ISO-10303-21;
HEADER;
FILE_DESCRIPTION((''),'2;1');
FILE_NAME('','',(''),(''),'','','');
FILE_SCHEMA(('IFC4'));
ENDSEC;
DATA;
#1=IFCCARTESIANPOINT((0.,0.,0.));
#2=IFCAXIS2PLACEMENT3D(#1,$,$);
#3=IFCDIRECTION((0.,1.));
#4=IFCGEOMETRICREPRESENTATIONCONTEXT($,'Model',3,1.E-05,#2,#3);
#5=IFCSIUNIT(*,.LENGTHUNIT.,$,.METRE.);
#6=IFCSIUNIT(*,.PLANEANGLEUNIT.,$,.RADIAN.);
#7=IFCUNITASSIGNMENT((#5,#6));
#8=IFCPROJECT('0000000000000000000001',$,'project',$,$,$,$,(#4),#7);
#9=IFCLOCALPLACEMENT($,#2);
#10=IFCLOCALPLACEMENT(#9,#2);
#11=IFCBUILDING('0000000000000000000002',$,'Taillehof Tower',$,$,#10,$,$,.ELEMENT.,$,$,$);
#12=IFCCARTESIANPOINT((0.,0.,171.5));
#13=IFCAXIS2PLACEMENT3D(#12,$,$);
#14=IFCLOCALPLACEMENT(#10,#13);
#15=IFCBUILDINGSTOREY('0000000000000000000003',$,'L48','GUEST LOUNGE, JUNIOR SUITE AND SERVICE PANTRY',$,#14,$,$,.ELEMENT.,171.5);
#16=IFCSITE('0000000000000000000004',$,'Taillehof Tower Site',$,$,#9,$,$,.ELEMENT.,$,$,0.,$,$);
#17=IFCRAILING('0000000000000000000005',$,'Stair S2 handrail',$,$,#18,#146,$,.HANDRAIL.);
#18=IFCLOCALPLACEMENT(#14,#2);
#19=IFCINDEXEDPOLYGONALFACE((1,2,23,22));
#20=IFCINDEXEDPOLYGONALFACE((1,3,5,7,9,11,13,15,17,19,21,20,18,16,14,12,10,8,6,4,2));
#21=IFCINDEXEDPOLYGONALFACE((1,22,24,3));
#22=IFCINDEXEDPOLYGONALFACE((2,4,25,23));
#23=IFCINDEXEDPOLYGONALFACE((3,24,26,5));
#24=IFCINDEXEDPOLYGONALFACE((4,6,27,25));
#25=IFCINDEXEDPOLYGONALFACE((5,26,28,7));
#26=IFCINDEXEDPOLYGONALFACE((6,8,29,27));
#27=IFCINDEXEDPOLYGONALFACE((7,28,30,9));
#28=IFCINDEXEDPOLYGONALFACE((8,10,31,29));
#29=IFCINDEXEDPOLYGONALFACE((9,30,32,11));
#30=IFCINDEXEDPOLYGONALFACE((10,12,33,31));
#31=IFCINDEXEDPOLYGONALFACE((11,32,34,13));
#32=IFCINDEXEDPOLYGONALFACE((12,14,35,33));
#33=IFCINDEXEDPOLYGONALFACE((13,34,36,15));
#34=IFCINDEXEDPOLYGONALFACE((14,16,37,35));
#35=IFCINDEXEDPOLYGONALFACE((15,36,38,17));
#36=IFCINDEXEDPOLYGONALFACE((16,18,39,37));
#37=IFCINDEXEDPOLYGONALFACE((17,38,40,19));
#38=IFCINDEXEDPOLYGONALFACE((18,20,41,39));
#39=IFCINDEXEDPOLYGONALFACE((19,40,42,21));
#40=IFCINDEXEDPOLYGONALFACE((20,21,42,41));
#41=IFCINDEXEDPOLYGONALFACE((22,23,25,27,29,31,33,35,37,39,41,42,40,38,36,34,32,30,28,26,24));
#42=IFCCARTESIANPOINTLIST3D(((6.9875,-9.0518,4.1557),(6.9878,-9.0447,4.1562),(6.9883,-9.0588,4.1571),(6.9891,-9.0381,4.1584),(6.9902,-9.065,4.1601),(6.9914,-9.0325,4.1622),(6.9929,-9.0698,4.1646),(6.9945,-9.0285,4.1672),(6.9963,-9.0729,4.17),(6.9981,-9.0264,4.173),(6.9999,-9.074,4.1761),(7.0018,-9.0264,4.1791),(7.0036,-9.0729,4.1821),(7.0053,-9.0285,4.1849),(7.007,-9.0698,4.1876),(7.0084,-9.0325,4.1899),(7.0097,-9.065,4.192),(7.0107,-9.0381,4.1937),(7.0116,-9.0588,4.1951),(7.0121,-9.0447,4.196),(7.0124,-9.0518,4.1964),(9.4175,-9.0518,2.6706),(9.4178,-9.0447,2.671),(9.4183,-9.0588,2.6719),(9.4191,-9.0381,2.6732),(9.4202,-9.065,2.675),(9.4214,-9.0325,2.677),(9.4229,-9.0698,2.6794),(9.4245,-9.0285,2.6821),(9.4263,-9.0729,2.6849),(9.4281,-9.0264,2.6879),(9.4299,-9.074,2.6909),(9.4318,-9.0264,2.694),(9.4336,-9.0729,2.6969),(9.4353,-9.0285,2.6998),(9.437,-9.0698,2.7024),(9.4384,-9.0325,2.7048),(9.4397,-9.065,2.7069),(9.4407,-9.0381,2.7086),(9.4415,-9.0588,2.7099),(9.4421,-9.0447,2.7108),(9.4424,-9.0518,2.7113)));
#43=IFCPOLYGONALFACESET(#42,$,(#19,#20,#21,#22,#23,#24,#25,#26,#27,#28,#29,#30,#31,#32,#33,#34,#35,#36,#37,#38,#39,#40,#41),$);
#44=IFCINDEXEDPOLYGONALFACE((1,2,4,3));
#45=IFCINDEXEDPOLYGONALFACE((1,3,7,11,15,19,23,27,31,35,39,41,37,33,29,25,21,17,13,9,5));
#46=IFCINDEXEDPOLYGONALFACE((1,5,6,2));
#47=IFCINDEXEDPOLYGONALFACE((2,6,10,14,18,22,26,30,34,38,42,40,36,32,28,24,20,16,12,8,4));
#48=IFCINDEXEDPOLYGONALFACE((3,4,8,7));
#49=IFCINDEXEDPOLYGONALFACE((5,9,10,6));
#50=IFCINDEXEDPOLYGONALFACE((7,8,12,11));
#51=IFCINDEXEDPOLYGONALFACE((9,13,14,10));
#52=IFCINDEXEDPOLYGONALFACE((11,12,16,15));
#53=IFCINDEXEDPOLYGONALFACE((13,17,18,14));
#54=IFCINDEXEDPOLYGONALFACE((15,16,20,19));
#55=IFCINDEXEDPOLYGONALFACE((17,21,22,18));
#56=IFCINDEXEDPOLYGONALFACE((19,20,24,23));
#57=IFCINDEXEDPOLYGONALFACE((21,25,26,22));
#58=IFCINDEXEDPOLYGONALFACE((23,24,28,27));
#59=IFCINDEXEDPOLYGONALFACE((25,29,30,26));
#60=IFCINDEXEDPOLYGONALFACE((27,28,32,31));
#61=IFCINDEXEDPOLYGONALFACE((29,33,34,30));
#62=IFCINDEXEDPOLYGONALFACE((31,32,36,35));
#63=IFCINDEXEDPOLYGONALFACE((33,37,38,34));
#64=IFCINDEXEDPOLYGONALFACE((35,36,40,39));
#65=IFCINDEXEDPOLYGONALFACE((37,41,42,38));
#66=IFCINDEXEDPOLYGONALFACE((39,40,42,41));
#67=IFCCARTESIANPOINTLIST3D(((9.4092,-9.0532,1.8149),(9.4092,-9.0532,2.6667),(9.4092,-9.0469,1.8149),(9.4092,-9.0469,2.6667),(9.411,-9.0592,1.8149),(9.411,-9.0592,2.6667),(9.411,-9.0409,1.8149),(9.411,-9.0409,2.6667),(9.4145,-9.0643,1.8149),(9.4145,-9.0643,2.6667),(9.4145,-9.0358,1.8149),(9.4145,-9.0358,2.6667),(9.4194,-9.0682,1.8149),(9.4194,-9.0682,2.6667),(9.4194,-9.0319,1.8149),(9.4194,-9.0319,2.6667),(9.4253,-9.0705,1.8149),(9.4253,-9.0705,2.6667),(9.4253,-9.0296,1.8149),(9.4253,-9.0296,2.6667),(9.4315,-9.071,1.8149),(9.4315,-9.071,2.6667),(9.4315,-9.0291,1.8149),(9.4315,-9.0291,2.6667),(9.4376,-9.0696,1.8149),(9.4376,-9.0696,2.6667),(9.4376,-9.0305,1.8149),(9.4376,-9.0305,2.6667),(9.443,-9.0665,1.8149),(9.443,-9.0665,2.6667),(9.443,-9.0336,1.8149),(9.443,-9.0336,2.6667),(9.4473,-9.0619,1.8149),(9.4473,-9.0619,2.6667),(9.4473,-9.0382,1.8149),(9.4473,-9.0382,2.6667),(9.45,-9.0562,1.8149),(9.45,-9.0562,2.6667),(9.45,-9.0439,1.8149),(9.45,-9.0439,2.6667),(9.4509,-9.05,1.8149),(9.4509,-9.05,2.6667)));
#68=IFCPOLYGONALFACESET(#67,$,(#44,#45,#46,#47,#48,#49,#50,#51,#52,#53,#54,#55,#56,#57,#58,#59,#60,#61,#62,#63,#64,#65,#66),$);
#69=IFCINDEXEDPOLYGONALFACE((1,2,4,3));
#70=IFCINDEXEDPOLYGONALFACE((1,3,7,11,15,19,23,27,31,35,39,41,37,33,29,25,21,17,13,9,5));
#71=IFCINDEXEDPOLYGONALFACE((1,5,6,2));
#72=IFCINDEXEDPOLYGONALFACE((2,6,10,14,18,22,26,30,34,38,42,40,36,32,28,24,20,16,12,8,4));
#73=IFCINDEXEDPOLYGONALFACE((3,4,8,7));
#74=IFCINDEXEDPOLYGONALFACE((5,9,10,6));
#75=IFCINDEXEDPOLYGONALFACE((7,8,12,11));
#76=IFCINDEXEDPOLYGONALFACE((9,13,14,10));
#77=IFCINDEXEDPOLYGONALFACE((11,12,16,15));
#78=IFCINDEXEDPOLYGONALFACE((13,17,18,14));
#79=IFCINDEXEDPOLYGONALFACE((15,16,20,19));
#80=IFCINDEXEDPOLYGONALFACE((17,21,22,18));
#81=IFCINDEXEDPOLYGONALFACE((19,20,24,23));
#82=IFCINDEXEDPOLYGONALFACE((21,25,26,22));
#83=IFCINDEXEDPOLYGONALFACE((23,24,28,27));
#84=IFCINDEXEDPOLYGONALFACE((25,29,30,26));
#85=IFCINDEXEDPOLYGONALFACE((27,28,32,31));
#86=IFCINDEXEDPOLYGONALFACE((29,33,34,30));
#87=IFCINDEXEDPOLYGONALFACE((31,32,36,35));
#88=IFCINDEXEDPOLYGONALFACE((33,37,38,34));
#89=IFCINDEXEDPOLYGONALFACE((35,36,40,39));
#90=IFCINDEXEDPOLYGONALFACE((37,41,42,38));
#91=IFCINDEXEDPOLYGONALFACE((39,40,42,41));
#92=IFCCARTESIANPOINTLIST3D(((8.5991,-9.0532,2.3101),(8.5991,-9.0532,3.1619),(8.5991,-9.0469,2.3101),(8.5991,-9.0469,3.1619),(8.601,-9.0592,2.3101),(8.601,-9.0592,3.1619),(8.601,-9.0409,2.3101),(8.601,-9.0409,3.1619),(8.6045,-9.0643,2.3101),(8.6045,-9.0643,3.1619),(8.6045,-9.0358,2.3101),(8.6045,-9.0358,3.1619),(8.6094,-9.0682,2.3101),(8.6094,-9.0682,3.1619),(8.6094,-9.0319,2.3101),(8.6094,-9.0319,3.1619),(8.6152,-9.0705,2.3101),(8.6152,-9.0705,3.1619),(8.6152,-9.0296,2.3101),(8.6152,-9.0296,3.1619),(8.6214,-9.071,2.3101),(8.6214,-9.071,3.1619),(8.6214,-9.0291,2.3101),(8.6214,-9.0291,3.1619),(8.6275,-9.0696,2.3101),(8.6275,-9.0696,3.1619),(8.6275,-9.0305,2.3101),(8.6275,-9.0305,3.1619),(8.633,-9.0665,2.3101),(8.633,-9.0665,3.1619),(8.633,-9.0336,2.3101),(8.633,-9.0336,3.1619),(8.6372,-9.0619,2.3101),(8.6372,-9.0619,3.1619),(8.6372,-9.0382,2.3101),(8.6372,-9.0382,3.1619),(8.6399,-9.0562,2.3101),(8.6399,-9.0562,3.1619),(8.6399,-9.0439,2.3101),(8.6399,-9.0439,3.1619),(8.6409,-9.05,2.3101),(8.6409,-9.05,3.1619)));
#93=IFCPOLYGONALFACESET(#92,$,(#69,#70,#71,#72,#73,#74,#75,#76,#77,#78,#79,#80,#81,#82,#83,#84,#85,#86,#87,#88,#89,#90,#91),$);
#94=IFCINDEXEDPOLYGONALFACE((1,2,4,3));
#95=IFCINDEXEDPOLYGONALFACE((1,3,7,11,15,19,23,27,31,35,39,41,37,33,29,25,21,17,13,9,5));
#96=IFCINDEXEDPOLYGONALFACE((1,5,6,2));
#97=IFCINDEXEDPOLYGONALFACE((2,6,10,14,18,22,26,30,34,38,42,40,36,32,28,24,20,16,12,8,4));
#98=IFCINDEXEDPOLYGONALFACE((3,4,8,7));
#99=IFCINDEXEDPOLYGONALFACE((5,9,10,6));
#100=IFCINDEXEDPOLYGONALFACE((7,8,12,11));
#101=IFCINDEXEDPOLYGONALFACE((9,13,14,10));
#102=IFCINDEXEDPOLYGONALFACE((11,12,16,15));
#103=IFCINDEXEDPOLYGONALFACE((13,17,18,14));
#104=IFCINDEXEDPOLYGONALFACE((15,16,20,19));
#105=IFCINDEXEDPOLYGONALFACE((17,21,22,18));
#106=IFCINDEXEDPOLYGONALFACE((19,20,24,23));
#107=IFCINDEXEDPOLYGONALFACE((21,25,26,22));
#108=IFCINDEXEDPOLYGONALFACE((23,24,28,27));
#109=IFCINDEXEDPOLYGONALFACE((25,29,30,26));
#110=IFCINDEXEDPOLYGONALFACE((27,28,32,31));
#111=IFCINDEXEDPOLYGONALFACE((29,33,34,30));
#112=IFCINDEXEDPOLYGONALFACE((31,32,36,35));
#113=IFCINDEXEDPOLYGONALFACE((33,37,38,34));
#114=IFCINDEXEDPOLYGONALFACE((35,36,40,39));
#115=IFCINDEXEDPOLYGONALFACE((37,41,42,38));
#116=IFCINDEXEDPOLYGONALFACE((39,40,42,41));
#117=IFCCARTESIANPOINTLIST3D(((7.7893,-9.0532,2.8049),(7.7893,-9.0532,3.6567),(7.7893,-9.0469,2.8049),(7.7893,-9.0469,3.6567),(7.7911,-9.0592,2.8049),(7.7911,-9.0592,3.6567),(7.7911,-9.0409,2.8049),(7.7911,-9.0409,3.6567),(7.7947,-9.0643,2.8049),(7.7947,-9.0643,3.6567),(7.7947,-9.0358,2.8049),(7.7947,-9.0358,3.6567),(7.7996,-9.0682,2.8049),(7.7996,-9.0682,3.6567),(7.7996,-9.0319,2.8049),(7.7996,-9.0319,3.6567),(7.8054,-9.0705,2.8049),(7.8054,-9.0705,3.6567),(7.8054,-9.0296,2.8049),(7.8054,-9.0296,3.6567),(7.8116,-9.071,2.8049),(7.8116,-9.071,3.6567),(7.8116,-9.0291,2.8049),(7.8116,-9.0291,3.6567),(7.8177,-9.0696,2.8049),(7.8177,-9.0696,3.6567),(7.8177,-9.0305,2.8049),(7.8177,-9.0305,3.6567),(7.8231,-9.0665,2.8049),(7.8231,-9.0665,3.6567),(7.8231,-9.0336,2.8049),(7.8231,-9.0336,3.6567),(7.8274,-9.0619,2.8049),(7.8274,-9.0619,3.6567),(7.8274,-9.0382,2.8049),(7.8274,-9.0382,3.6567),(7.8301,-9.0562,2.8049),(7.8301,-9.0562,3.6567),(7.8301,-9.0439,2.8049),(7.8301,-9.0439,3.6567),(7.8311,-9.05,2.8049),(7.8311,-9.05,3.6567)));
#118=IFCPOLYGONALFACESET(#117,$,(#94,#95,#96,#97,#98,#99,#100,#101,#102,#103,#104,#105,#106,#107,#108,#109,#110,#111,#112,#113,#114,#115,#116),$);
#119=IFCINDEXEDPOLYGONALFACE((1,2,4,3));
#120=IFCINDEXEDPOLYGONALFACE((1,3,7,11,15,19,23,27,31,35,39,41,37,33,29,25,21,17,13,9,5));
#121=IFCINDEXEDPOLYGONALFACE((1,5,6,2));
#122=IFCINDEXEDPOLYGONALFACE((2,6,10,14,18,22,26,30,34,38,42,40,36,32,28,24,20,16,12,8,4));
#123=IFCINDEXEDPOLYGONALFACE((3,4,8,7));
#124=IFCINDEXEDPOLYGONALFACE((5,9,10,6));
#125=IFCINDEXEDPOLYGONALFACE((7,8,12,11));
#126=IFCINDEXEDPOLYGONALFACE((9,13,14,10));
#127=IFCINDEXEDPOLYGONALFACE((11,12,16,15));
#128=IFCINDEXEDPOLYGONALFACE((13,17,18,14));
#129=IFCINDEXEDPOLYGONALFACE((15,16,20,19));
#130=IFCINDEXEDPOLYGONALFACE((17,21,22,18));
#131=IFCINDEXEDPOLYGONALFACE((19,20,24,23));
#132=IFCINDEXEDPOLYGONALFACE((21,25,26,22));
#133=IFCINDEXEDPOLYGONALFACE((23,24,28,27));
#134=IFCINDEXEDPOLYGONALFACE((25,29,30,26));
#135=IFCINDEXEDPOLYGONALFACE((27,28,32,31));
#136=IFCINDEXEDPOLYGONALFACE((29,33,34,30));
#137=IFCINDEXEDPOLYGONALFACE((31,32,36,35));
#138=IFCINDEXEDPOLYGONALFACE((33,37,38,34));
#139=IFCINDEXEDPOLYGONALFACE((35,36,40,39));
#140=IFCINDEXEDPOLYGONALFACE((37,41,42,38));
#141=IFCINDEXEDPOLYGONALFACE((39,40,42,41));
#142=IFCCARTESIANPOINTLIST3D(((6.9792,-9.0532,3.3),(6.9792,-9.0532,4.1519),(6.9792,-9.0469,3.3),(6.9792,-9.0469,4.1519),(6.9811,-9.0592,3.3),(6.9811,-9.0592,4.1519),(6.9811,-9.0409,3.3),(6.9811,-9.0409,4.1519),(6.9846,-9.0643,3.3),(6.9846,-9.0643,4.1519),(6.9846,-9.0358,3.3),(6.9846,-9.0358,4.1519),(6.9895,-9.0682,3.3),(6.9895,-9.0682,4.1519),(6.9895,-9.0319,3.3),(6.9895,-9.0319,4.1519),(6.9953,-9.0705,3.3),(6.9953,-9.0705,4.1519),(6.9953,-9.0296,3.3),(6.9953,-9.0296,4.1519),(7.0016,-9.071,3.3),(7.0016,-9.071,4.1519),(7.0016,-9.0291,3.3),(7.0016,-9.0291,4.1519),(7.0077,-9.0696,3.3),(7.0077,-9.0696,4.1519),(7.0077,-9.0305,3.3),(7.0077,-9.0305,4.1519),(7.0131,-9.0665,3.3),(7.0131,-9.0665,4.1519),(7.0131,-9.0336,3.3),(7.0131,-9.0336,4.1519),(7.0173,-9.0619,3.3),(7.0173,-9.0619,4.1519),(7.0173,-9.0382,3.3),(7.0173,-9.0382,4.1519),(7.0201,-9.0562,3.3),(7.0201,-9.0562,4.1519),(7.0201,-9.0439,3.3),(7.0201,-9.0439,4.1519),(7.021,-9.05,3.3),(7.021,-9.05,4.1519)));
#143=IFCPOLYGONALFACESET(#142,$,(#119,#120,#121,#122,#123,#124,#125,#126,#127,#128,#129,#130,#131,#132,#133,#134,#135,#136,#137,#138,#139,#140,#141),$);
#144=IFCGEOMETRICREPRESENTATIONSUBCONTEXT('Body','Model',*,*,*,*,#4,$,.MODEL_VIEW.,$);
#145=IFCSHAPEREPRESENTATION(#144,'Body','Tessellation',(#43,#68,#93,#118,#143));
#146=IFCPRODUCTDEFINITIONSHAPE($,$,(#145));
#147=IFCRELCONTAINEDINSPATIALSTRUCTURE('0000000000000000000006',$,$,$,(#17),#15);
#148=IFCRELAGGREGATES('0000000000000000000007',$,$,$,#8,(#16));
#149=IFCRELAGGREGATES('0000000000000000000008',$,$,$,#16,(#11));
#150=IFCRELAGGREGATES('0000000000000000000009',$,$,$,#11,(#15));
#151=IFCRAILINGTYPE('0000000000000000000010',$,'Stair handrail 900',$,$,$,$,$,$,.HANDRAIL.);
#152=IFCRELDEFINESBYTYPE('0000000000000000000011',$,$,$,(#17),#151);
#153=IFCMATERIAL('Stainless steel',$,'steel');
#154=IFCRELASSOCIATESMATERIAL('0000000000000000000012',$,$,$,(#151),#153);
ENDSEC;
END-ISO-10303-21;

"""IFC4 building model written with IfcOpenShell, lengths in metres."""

from ifc_helpers import new_model, si_unit, direction, frame, origin, origin_2d, place, context, subcontext, project, spatial, circle, extrude, material, type_object, element, save


model = new_model("IFC4")

# Units and contexts
model_context = context("Model", 3, precision=1e-05, world=origin(), true_north=direction((0.0, 1.0)))
body_context = subcontext(model_context, "Body", "Model", "MODEL_VIEW")
ifc_project = project(units=[si_unit("LENGTHUNIT", "METRE"), si_unit("PLANEANGLEUNIT", "RADIAN")], contexts=[model_context])

# Site, building, storey
site_placement = place(None, origin())
site = spatial("IfcSite", under=ifc_project, at=site_placement, Name="Taillehof Tower Site", CompositionType="ELEMENT", RefElevation=0.0)
building_placement = place(site_placement, origin())
building = spatial("IfcBuilding", under=site, at=building_placement, Name="Taillehof Tower", CompositionType="ELEMENT")
storey_placement = place(building_placement, frame((0.0, 0.0, 171.5)))
storey = spatial("IfcBuildingStorey", under=building, at=storey_placement, Name="L48", Description="GUEST LOUNGE, JUNIOR SUITE AND SERVICE PANTRY", CompositionType="ELEMENT", Elevation=171.5)

# Railing
ifc_material_1 = material(Name="Stainless steel", Category="steel")
railing_type = type_object("IfcRailingType", Name="Stair handrail 900", PredefinedType="HANDRAIL", material=ifc_material_1)
railing_placement = place(storey_placement, frame((9.4299, -9.05, 1.8149)))
element("IfcRailing", 1, at=railing_placement, inside=storey, type_object=railing_type, Name="Stair S2 handrail", PredefinedType="HANDRAIL", context=body_context, shape_type="SweptSolid", body=[
    extrude(circle(Radius=0.0239, at=origin_2d()), frame((0.0, 0.0, 0.876), z_axis=(-0.853259, 0.0, 0.521488), x_axis=(0.0, -1.0, 0.0)), (0.0, 0.0, 1.0), 2.8479),
    extrude(circle(Radius=0.021, at=origin_2d()), origin(), (0.0, 0.0, 1.0), 0.8518),
    extrude(circle(Radius=0.021, at=origin_2d()), frame((-0.8101, 0.0, 0.4951)), (0.0, 0.0, 1.0), 0.8518),
    extrude(circle(Radius=0.021, at=origin_2d()), frame((-1.6199, 0.0, 0.99)), (0.0, 0.0, 1.0), 0.8518),
    extrude(circle(Radius=0.021, at=origin_2d()), frame((-2.4299, 0.0, 1.4851)), (0.0, 0.0, 1.0), 0.8518),
])

save(model, "model.ifc")
